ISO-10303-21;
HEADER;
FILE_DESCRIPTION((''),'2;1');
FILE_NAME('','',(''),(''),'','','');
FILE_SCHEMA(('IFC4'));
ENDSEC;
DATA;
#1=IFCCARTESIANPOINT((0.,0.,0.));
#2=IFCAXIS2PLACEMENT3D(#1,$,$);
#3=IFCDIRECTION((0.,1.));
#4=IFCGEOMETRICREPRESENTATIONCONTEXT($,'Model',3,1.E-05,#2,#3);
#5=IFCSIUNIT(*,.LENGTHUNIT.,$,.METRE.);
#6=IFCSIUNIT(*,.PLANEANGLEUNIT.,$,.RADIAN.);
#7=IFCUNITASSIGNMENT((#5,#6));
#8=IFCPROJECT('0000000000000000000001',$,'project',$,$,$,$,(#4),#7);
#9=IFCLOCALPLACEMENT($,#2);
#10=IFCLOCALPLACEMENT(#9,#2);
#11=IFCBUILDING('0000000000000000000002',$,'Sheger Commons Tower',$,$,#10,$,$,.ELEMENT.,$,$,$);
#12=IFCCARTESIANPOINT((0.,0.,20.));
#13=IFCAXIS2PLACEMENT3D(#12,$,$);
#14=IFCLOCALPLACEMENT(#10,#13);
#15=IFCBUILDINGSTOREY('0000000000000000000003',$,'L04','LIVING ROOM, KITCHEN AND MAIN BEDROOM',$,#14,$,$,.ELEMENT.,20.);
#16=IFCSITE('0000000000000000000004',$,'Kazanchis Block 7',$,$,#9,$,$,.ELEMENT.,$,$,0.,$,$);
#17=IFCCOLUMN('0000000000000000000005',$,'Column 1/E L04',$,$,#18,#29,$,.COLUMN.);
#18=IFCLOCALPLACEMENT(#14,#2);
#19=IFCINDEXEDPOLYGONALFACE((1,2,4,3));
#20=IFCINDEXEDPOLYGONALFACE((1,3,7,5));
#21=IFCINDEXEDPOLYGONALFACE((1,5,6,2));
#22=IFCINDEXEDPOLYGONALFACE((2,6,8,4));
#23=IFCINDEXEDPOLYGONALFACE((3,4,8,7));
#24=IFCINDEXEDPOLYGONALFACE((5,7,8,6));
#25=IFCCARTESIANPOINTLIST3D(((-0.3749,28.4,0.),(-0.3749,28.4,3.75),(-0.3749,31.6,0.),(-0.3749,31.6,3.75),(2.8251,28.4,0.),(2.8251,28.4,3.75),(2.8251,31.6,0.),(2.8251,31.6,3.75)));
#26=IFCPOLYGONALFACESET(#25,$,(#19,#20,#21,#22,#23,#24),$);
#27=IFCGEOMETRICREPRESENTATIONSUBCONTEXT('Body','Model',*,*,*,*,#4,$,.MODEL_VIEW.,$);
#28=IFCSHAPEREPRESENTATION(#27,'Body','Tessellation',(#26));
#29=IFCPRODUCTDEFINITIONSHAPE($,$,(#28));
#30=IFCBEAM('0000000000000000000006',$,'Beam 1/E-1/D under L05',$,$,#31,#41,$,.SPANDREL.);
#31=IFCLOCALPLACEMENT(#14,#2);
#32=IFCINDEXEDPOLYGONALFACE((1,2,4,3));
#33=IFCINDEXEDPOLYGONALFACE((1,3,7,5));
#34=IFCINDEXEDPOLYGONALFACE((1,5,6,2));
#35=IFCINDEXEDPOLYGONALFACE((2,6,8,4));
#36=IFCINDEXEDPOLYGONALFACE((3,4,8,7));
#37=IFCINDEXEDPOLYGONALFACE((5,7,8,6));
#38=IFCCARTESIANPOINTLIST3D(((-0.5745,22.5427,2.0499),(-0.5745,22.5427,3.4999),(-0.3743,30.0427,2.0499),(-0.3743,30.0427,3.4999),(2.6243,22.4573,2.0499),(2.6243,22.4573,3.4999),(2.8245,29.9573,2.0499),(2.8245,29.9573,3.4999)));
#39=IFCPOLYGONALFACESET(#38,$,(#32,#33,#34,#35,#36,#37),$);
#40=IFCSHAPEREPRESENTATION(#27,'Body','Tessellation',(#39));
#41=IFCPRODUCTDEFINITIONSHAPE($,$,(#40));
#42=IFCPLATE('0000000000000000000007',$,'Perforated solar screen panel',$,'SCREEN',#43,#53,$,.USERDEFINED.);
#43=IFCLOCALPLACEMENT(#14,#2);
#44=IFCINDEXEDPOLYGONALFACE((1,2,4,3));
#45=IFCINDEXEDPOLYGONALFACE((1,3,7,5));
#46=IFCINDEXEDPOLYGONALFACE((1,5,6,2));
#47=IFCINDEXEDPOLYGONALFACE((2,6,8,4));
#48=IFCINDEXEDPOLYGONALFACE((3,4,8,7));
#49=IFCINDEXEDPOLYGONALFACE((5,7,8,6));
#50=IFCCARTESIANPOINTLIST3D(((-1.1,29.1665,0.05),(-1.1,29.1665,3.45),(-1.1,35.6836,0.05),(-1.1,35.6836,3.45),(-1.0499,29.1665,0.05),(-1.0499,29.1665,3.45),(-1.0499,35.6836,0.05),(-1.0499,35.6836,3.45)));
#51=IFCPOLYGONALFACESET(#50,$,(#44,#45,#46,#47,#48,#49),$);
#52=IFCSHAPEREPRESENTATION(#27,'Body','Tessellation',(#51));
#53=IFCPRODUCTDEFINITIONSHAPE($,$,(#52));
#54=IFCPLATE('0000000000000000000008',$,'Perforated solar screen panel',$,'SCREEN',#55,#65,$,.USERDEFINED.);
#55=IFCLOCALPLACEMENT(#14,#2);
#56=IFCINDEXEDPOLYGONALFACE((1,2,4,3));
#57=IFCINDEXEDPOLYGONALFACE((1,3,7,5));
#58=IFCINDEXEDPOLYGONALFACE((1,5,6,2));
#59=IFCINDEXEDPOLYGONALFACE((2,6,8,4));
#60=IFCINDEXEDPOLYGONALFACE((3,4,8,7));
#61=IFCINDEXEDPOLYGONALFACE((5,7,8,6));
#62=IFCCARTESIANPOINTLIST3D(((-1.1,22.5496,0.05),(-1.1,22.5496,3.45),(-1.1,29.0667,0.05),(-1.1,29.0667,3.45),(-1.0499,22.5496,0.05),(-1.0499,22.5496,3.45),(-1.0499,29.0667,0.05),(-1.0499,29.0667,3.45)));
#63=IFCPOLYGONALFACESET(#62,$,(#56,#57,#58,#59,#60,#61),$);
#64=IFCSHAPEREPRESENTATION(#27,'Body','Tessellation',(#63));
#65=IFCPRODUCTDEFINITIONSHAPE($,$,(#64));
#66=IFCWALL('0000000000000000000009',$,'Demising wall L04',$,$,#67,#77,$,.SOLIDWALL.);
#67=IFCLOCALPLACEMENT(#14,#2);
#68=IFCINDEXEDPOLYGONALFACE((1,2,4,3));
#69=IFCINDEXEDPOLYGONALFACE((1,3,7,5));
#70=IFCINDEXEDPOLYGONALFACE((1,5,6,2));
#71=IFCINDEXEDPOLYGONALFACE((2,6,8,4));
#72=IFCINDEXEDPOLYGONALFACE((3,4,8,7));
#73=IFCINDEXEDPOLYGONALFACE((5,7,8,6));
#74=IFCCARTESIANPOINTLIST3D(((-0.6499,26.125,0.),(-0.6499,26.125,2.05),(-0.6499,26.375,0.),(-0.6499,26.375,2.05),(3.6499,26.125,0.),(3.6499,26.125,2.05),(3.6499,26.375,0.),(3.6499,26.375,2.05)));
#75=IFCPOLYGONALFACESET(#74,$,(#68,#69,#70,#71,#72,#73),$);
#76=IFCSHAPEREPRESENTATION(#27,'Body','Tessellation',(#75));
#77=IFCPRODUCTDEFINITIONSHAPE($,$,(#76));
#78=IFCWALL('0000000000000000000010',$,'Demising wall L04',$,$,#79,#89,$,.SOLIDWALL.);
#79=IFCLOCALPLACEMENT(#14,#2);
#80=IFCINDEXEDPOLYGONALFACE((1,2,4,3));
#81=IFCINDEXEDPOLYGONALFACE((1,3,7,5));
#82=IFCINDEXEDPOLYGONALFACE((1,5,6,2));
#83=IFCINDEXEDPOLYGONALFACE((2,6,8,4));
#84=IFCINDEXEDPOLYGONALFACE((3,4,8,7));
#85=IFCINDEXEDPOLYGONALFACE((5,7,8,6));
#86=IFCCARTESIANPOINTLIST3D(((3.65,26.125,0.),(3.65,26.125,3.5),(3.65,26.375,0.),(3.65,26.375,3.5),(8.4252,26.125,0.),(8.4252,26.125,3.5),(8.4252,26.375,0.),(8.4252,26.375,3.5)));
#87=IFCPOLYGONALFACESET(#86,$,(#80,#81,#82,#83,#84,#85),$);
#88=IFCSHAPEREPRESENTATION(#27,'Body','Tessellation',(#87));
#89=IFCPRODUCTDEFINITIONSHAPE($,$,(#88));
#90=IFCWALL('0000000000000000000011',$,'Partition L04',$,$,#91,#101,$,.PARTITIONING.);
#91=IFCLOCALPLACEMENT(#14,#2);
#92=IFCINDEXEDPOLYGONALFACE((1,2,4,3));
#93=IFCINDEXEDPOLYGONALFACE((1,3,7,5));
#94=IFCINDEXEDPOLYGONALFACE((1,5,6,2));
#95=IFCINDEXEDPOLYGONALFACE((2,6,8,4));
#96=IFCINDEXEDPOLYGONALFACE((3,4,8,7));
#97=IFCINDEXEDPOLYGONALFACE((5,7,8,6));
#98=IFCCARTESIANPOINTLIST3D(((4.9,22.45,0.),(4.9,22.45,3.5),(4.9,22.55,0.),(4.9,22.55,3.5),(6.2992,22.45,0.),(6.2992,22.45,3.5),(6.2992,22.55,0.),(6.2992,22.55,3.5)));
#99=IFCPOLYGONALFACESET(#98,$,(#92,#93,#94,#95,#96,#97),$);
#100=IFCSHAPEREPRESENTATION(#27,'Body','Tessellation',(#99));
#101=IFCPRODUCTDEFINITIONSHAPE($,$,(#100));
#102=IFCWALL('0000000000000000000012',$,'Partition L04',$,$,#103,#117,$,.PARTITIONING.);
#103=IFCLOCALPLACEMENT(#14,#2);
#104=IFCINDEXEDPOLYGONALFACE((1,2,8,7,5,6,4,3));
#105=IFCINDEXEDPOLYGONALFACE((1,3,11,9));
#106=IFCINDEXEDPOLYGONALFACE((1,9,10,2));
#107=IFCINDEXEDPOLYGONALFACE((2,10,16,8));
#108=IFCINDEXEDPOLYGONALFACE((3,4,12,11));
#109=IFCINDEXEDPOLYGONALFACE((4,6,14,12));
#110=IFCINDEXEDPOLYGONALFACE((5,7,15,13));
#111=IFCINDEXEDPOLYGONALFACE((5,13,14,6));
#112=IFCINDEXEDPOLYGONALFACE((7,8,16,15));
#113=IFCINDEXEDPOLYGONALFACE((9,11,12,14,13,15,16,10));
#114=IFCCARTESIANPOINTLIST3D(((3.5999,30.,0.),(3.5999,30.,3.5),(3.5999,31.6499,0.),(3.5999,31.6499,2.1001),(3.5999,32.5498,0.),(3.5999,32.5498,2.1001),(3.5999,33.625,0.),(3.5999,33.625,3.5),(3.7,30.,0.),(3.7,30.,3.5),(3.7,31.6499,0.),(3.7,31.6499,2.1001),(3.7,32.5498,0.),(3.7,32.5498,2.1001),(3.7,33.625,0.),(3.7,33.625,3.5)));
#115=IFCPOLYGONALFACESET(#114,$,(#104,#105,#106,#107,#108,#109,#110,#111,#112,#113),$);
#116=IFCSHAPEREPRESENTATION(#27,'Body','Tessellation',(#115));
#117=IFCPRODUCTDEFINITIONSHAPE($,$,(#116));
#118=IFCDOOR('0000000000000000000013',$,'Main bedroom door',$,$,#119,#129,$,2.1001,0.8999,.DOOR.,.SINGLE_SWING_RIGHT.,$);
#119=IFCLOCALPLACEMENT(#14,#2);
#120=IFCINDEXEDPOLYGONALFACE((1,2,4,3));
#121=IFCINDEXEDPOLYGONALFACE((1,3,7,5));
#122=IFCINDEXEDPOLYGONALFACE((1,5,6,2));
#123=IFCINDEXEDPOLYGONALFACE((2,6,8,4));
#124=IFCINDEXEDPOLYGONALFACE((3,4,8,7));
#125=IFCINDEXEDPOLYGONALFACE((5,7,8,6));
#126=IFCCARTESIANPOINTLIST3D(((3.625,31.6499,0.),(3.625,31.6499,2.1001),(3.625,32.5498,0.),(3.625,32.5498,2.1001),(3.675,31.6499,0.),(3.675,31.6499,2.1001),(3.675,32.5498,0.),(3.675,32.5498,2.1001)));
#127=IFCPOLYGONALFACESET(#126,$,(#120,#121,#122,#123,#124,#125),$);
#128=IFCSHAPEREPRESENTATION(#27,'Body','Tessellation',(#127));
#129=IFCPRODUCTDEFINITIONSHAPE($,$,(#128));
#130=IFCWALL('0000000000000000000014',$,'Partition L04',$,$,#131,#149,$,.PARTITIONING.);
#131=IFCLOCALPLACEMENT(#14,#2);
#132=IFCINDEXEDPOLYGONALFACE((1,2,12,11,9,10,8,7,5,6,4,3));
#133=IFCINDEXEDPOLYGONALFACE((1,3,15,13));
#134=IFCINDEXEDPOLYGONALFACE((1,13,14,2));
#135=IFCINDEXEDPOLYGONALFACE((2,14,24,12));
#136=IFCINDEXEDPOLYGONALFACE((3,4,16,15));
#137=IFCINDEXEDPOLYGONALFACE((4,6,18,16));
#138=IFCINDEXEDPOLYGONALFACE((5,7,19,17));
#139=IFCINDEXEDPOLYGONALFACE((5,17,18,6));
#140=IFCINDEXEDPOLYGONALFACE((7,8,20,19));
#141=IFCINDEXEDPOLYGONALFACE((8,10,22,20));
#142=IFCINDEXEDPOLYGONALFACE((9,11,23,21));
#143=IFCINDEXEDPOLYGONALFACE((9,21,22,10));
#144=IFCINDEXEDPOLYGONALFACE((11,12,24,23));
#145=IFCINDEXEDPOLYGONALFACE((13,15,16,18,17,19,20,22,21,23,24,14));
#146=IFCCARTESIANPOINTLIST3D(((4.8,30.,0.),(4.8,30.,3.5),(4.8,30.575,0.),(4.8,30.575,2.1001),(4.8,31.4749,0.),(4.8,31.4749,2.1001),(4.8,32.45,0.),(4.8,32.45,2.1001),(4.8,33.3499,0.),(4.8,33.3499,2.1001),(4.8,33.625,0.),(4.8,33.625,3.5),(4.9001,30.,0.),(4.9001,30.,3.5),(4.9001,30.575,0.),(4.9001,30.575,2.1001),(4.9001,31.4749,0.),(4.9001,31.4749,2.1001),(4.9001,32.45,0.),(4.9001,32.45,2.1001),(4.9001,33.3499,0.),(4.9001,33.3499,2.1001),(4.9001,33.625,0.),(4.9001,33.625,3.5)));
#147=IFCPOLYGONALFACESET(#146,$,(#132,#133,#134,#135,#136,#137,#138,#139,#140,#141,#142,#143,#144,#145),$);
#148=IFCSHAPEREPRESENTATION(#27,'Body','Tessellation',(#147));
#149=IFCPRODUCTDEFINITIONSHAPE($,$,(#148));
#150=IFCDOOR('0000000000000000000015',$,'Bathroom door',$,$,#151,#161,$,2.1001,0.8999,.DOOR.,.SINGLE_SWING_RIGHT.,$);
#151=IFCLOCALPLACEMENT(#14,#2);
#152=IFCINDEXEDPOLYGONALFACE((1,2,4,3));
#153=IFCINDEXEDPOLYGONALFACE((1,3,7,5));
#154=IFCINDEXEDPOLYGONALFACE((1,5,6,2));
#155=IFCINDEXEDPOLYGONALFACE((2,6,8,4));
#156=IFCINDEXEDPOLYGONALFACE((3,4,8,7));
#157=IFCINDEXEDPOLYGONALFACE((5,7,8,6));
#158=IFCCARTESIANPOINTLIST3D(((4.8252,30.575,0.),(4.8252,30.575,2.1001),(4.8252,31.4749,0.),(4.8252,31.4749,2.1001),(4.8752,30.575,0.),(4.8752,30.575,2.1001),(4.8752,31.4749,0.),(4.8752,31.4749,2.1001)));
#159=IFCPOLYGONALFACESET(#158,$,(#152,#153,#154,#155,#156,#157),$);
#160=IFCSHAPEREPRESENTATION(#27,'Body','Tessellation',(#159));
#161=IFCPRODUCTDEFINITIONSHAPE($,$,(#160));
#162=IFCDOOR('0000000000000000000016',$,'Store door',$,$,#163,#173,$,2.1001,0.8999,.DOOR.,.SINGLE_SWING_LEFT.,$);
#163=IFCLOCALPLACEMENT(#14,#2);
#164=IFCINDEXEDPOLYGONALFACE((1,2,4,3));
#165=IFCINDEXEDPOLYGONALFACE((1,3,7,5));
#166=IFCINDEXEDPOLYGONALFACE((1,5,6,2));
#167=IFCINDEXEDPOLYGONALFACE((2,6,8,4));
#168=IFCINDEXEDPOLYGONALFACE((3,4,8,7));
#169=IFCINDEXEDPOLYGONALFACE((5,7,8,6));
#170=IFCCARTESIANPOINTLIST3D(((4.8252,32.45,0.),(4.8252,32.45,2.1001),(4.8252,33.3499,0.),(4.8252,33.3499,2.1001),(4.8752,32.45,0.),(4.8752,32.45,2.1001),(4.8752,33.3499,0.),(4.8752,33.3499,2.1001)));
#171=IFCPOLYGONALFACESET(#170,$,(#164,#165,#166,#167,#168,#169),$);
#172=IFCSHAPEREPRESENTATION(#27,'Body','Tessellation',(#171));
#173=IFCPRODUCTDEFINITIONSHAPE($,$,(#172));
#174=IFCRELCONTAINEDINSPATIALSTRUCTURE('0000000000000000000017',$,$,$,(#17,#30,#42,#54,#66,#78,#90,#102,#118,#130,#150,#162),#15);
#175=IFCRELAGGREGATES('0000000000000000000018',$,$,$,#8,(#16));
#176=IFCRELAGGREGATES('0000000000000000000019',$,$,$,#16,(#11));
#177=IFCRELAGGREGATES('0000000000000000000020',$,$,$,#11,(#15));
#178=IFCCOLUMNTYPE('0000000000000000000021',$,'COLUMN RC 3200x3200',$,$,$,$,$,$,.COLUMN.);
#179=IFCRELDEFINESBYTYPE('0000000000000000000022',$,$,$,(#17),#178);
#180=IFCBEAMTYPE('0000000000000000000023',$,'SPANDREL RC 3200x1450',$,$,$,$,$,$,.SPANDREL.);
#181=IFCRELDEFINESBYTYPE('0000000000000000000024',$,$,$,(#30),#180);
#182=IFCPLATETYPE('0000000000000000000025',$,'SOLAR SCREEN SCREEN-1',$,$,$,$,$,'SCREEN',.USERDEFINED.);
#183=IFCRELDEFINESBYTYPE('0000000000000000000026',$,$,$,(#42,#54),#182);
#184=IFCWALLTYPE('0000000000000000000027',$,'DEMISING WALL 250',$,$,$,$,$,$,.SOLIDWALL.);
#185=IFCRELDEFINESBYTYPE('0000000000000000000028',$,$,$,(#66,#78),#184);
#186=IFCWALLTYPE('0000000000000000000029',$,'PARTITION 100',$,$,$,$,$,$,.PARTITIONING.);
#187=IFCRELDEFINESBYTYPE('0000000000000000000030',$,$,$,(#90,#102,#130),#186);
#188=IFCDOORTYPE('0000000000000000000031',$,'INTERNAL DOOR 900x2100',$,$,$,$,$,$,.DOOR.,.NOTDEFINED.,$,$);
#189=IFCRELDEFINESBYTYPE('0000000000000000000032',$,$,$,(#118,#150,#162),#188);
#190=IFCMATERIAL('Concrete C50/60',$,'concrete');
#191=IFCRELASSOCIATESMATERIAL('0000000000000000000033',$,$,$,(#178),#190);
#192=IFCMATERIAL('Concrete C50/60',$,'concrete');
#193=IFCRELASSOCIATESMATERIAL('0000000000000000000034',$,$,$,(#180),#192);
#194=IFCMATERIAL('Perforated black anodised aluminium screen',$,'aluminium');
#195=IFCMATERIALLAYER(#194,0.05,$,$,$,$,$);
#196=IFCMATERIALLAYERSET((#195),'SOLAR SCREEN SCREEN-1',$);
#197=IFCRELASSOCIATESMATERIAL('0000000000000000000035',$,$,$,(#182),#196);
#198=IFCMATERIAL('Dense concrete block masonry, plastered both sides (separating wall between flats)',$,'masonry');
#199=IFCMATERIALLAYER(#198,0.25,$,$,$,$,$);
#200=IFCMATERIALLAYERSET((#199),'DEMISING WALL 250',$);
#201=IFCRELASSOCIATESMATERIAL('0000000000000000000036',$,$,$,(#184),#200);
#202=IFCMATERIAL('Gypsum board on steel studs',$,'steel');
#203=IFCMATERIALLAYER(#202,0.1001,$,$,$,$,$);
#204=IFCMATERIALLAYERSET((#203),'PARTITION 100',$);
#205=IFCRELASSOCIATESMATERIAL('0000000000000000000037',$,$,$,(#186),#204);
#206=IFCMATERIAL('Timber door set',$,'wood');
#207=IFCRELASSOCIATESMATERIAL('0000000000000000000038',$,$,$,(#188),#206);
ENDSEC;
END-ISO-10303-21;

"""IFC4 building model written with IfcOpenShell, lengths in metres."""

from ifc_helpers import new_model, si_unit, direction, frame, frame_2d, origin, origin_2d, place, context, subcontext, project, spatial, rectangle, extrude, material, layer, layer_set, material_profile, profile_set, type_object, element, fill, save


model = new_model("IFC4")

# Units and contexts
model_context = context("Model", 3, precision=1e-05, world=origin(), true_north=direction((0.0, 1.0)))
body_context = subcontext(model_context, "Body", "Model", "MODEL_VIEW")
ifc_project = project(units=[si_unit("LENGTHUNIT", "METRE"), si_unit("PLANEANGLEUNIT", "RADIAN")], contexts=[model_context])

# Site, building, storey
site_placement = place(None, origin())
site = spatial("IfcSite", under=ifc_project, at=site_placement, Name="Kazanchis Block 7", CompositionType="ELEMENT", RefElevation=0.0)
building_placement = place(site_placement, origin())
building = spatial("IfcBuilding", under=site, at=building_placement, Name="Sheger Commons Tower", CompositionType="ELEMENT")
storey_placement = place(building_placement, frame((0.0, 0.0, 20.0)))
storey = spatial("IfcBuildingStorey", under=building, at=storey_placement, Name="L04", Description="LIVING ROOM, KITCHEN AND MAIN BEDROOM", CompositionType="ELEMENT", Elevation=20.0)

# Column
ifc_material_1 = material(Name="Concrete C50/60", Category="concrete")
ifc_material_profile_1 = material_profile(ifc_material_1, rectangle(XDim=3.2, YDim=3.2, at=origin_2d()), Name="RC 3200x3200")
ifc_profile_set_1 = profile_set([ifc_material_profile_1], Name="Concrete C50/60")
column_type = type_object("IfcColumnType", Name="COLUMN RC 3200x3200", PredefinedType="COLUMN", material=ifc_profile_set_1)
column_placement = place(storey_placement, frame((1.2251, 30.0, 0.0), z_axis=(0.0, 0.0, 1.0), x_axis=(1.0, 0.0, 0.0)))
element("IfcColumn", 1, at=column_placement, inside=storey, type_object=column_type, Name="Column 1/E L04", PredefinedType="COLUMN", context=body_context, shape_type="SweptSolid", body=[
    extrude(rectangle(XDim=3.2, YDim=3.2, at=origin_2d()), origin(), (0.0, 0.0, 1.0), 3.75),
])

# Beam
ifc_material_2 = material(Name="Concrete C50/60", Category="concrete")
ifc_material_profile_2 = material_profile(ifc_material_2, rectangle(XDim=3.2, YDim=1.45, at=origin_2d()), Name="RC 3200x1450")
ifc_profile_set_2 = profile_set([ifc_material_profile_2], Name="Concrete C50/60")
beam_type = type_object("IfcBeamType", Name="SPANDREL RC 3200x1450", PredefinedType="SPANDREL", material=ifc_profile_set_2)
beam_placement = place(storey_placement, frame((1.2251, 30.0, 2.7749), z_axis=(-0.026683, -0.999644, 0.0), x_axis=(0.999644, -0.026683, 0.0)))
element("IfcBeam", 2, at=beam_placement, inside=storey, type_object=beam_type, Name="Beam 1/E-1/D under L05", PredefinedType="SPANDREL", context=body_context, shape_type="SweptSolid", body=[
    extrude(rectangle(XDim=3.2, YDim=1.45, at=origin_2d()), origin(), (0.0, 0.0, 1.0), 7.5027),
])

# Plates
ifc_material_3 = material(Name="Perforated black anodised aluminium screen", Category="aluminium")
ifc_layer_1 = layer(ifc_material_3, 0.05)
ifc_layer_set_1 = layer_set([ifc_layer_1], Name="SOLAR SCREEN SCREEN-1")
plate_type = type_object("IfcPlateType", Name="SOLAR SCREEN SCREEN-1", ElementType="SCREEN", PredefinedType="USERDEFINED", material=ifc_layer_set_1)
for number, where, z_axis, x_axis, name in (
    (3, (-1.075, 32.425, 0.05), (0.0, 0.0, 1.0), (0.0, -1.0, 0.0), "Perforated solar screen panel"),
    (4, (-1.075, 25.8081, 0.05), (0.0, 0.0, 1.0), (0.0, -1.0, 0.0), "Perforated solar screen panel"),
):
    element("IfcPlate", number, at=place(storey_placement, frame(where, z_axis=z_axis, x_axis=x_axis)), inside=storey, type_object=plate_type, Name=name, ObjectType="SCREEN", PredefinedType="USERDEFINED", context=body_context, shape_type="SweptSolid", body=[
        extrude(rectangle(XDim=6.5171, YDim=0.05, at=origin_2d()), origin(), (0.0, 0.0, 1.0), 3.3999),
    ])

# Walls
ifc_material_4 = material(Name="Dense concrete block masonry, plastered both sides (separating wall between flats)", Category="masonry")
ifc_layer_2 = layer(ifc_material_4, 0.25)
ifc_layer_set_2 = layer_set([ifc_layer_2], Name="DEMISING WALL 250")
wall_type_1 = type_object("IfcWallType", Name="DEMISING WALL 250", PredefinedType="SOLIDWALL", material=ifc_layer_set_2)
wall_1_placement = place(storey_placement, frame((-0.6499, 26.25, 0.0), z_axis=(0.0, 0.0, 1.0), x_axis=(1.0, 0.0, 0.0)))
element("IfcWall", 5, at=wall_1_placement, inside=storey, type_object=wall_type_1, Name="Demising wall L04", PredefinedType="SOLIDWALL", context=body_context, shape_type="SweptSolid", body=[
    extrude(rectangle(XDim=4.2998, YDim=0.25, at=frame_2d((2.1499, 0.0))), origin(), (0.0, 0.0, 1.0), 2.05),
])
wall_2_placement = place(storey_placement, frame((3.6499, 26.25, 0.0), z_axis=(0.0, 0.0, 1.0), x_axis=(1.0, 0.0, 0.0)))
element("IfcWall", 6, at=wall_2_placement, inside=storey, type_object=wall_type_1, Name="Demising wall L04", PredefinedType="SOLIDWALL", context=body_context, shape_type="SweptSolid", body=[
    extrude(rectangle(XDim=4.7751, YDim=0.25, at=frame_2d((2.3877, 0.0))), origin(), (0.0, 0.0, 1.0), 3.5),
])
ifc_material_5 = material(Name="Gypsum board on steel studs", Category="steel")
ifc_layer_3 = layer(ifc_material_5, 0.1001)
ifc_layer_set_3 = layer_set([ifc_layer_3], Name="PARTITION 100")
wall_type_2 = type_object("IfcWallType", Name="PARTITION 100", PredefinedType="PARTITIONING", material=ifc_layer_set_3)
wall_3_placement = place(storey_placement, frame((4.8999, 22.5, 0.0), z_axis=(0.0, 0.0, 1.0), x_axis=(1.0, 0.0, 0.0)))
element("IfcWall", 7, at=wall_3_placement, inside=storey, type_object=wall_type_2, Name="Partition L04", PredefinedType="PARTITIONING", context=body_context, shape_type="SweptSolid", body=[
    extrude(rectangle(XDim=1.3992, YDim=0.1001, at=frame_2d((0.6997, 0.0))), origin(), (0.0, 0.0, 1.0), 3.5),
])

# Wall, opening, door
wall_4_placement = place(storey_placement, frame((3.6499, 30.0, 0.0), z_axis=(0.0, 0.0, 1.0), x_axis=(0.0, 1.0, 0.0)))
wall_4 = element("IfcWall", 8, at=wall_4_placement, inside=storey, type_object=wall_type_2, Name="Partition L04", PredefinedType="PARTITIONING", context=body_context, shape_type="SweptSolid", body=[
    extrude(rectangle(XDim=3.625, YDim=0.1001, at=frame_2d((1.8125, 0.0))), origin(), (0.0, 0.0, 1.0), 3.5),
])
opening_1_placement = place(wall_4_placement, frame((1.6499, 0.0, 0.0)))
opening_1 = element("IfcOpeningElement", 9, at=opening_1_placement, cuts=wall_4, PredefinedType="OPENING", context=body_context, shape_type="SweptSolid", body=[
    extrude(rectangle(XDim=0.8999, YDim=2.1001, at=frame_2d((0.45, 1.05))), frame((0.0, 0.0601, 0.0), z_axis=(0.0, -1.0, 0.0), x_axis=(1.0, 0.0, 0.0)), (0.0, 0.0, 1.0), 0.1201),
])
ifc_material_6 = material(Name="Timber door set", Category="wood")
door_type = type_object("IfcDoorType", Name="INTERNAL DOOR 900x2100", OperationType="NOTDEFINED", PredefinedType="DOOR", material=ifc_material_6)
door_1_placement = place(opening_1_placement, origin())
door_1 = element("IfcDoor", 10, at=door_1_placement, inside=storey, type_object=door_type, Name="Main bedroom door", OperationType="SINGLE_SWING_RIGHT", OverallHeight=2.1001, OverallWidth=0.8999, PredefinedType="DOOR", context=body_context, shape_type="SweptSolid", body=[
    extrude(rectangle(XDim=0.8999, YDim=2.1001, at=frame_2d((0.45, 1.05))), frame((0.0, 0.0249, 0.0), z_axis=(0.0, -1.0, 0.0), x_axis=(1.0, 0.0, 0.0)), (0.0, 0.0, 1.0), 0.05),
])
fill(opening_1, door_1)

# Wall, openings, doors
wall_5_placement = place(storey_placement, frame((4.8501, 30.0, 0.0), z_axis=(0.0, 0.0, 1.0), x_axis=(0.0, 1.0, 0.0)))
wall_5 = element("IfcWall", 11, at=wall_5_placement, inside=storey, type_object=wall_type_2, Name="Partition L04", PredefinedType="PARTITIONING", context=body_context, shape_type="SweptSolid", body=[
    extrude(rectangle(XDim=3.625, YDim=0.1001, at=frame_2d((1.8125, 0.0))), origin(), (0.0, 0.0, 1.0), 3.5),
])
opening_2_placement = place(wall_5_placement, frame((0.575, 0.0, 0.0)))
opening_2 = element("IfcOpeningElement", 12, at=opening_2_placement, cuts=wall_5, PredefinedType="OPENING", context=body_context, shape_type="SweptSolid", body=[
    extrude(rectangle(XDim=0.8999, YDim=2.1001, at=frame_2d((0.45, 1.05))), frame((0.0, 0.0601, 0.0), z_axis=(0.0, -1.0, 0.0), x_axis=(1.0, 0.0, 0.0)), (0.0, 0.0, 1.0), 0.1201),
])
opening_3_placement = place(wall_5_placement, frame((2.45, 0.0, 0.0)))
opening_3 = element("IfcOpeningElement", 13, at=opening_3_placement, cuts=wall_5, PredefinedType="OPENING", context=body_context, shape_type="SweptSolid", body=[
    extrude(rectangle(XDim=0.8999, YDim=2.1001, at=frame_2d((0.45, 1.05))), frame((0.0, 0.0601, 0.0), z_axis=(0.0, -1.0, 0.0), x_axis=(1.0, 0.0, 0.0)), (0.0, 0.0, 1.0), 0.1201),
])
door_2_placement = place(opening_2_placement, origin())
door_2 = element("IfcDoor", 14, at=door_2_placement, inside=storey, type_object=door_type, Name="Bathroom door", OperationType="SINGLE_SWING_RIGHT", OverallHeight=2.1001, OverallWidth=0.8999, PredefinedType="DOOR", context=body_context, shape_type="SweptSolid", body=[
    extrude(rectangle(XDim=0.8999, YDim=2.1001, at=frame_2d((0.45, 1.05))), frame((0.0, 0.0249, 0.0), z_axis=(0.0, -1.0, 0.0), x_axis=(1.0, 0.0, 0.0)), (0.0, 0.0, 1.0), 0.05),
])
fill(opening_2, door_2)
door_3_placement = place(opening_3_placement, origin())
door_3 = element("IfcDoor", 15, at=door_3_placement, inside=storey, type_object=door_type, Name="Store door", OperationType="SINGLE_SWING_LEFT", OverallHeight=2.1001, OverallWidth=0.8999, PredefinedType="DOOR", context=body_context, shape_type="SweptSolid", body=[
    extrude(rectangle(XDim=0.8999, YDim=2.1001, at=frame_2d((0.45, 1.05))), frame((0.0, 0.0249, 0.0), z_axis=(0.0, -1.0, 0.0), x_axis=(1.0, 0.0, 0.0)), (0.0, 0.0, 1.0), 0.05),
])
fill(opening_3, door_3)

save(model, "model.ifc")
